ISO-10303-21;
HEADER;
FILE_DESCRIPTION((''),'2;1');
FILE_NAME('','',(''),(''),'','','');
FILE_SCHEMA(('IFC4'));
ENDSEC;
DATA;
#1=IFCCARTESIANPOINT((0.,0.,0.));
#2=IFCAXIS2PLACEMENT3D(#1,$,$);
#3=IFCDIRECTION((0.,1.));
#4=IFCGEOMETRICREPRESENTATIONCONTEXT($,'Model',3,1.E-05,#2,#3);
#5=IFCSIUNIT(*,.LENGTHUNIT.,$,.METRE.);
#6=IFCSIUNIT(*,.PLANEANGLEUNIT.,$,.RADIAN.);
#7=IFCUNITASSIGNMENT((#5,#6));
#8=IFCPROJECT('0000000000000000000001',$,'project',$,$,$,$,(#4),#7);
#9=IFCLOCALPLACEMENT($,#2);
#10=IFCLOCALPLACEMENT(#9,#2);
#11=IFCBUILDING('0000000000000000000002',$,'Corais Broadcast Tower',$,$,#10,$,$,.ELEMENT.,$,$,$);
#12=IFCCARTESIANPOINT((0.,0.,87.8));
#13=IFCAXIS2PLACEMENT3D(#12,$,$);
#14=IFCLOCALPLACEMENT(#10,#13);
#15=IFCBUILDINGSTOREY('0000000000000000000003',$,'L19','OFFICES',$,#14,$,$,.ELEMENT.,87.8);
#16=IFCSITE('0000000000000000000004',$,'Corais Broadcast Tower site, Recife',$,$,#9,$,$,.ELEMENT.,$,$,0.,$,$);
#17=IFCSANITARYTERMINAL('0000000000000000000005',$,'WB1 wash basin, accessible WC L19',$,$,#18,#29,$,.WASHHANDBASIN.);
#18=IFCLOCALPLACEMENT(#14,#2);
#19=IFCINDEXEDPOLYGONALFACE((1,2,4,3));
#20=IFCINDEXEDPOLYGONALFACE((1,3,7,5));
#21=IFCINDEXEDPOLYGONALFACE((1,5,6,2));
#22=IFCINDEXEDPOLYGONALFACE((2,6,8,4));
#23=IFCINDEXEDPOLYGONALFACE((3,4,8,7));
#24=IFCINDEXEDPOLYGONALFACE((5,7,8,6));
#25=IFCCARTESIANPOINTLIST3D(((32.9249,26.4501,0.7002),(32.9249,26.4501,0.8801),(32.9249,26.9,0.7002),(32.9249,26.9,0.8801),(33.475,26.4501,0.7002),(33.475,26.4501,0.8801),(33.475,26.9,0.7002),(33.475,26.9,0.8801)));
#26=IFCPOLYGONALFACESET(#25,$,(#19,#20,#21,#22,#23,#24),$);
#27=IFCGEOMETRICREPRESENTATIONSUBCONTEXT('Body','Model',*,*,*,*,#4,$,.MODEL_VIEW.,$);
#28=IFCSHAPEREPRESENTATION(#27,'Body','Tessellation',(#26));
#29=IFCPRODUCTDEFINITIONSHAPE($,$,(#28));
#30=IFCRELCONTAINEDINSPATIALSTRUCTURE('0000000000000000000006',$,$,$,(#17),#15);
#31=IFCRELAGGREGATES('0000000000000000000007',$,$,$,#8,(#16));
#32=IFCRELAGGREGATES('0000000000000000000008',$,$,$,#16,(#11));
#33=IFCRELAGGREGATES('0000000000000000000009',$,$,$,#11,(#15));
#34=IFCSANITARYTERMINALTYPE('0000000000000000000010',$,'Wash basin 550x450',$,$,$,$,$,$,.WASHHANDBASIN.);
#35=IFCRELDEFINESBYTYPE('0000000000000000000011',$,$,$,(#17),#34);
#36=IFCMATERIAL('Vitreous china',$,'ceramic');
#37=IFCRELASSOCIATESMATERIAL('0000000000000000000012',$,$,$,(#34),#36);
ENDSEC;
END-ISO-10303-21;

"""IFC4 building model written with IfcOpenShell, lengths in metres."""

from ifc_helpers import new_model, si_unit, direction, frame, origin, origin_2d, place, context, subcontext, project, spatial, rectangle, extrude, material, type_object, element, save


model = new_model("IFC4")

# Units and contexts
model_context = context("Model", 3, precision=1e-05, world=origin(), true_north=direction((0.0, 1.0)))
body_context = subcontext(model_context, "Body", "Model", "MODEL_VIEW")
ifc_project = project(units=[si_unit("LENGTHUNIT", "METRE"), si_unit("PLANEANGLEUNIT", "RADIAN")], contexts=[model_context])

# Site, building, storey
site_placement = place(None, origin())
site = spatial("IfcSite", under=ifc_project, at=site_placement, Name="Corais Broadcast Tower site, Recife", CompositionType="ELEMENT", RefElevation=0.0)
building_placement = place(site_placement, origin())
building = spatial("IfcBuilding", under=site, at=building_placement, Name="Corais Broadcast Tower", CompositionType="ELEMENT")
storey_placement = place(building_placement, frame((0.0, 0.0, 87.8)))
storey = spatial("IfcBuildingStorey", under=building, at=storey_placement, Name="L19", Description="OFFICES", CompositionType="ELEMENT", Elevation=87.8)

# Sanitary terminal
ifc_material_1 = material(Name="Vitreous china", Category="ceramic")
sanitary_terminal_type_1 = type_object("IfcSanitaryTerminalType", Name="Wash basin 550x450", PredefinedType="WASHHANDBASIN", material=ifc_material_1)
sanitary_terminal_placement = place(storey_placement, frame((33.2, 26.675, 0.7002), z_axis=(0.0, 0.0, 1.0), x_axis=(1.0, 0.0, 0.0)))
element("IfcSanitaryTerminal", 1, at=sanitary_terminal_placement, inside=storey, type_object=sanitary_terminal_type_1, Name="WB1 wash basin, accessible WC L19", PredefinedType="WASHHANDBASIN", context=body_context, shape_type="SweptSolid", body=[
    extrude(rectangle(XDim=0.55, YDim=0.45, at=origin_2d()), origin(), (0.0, 0.0, 1.0), 0.1799),
])

save(model, "model.ifc")
